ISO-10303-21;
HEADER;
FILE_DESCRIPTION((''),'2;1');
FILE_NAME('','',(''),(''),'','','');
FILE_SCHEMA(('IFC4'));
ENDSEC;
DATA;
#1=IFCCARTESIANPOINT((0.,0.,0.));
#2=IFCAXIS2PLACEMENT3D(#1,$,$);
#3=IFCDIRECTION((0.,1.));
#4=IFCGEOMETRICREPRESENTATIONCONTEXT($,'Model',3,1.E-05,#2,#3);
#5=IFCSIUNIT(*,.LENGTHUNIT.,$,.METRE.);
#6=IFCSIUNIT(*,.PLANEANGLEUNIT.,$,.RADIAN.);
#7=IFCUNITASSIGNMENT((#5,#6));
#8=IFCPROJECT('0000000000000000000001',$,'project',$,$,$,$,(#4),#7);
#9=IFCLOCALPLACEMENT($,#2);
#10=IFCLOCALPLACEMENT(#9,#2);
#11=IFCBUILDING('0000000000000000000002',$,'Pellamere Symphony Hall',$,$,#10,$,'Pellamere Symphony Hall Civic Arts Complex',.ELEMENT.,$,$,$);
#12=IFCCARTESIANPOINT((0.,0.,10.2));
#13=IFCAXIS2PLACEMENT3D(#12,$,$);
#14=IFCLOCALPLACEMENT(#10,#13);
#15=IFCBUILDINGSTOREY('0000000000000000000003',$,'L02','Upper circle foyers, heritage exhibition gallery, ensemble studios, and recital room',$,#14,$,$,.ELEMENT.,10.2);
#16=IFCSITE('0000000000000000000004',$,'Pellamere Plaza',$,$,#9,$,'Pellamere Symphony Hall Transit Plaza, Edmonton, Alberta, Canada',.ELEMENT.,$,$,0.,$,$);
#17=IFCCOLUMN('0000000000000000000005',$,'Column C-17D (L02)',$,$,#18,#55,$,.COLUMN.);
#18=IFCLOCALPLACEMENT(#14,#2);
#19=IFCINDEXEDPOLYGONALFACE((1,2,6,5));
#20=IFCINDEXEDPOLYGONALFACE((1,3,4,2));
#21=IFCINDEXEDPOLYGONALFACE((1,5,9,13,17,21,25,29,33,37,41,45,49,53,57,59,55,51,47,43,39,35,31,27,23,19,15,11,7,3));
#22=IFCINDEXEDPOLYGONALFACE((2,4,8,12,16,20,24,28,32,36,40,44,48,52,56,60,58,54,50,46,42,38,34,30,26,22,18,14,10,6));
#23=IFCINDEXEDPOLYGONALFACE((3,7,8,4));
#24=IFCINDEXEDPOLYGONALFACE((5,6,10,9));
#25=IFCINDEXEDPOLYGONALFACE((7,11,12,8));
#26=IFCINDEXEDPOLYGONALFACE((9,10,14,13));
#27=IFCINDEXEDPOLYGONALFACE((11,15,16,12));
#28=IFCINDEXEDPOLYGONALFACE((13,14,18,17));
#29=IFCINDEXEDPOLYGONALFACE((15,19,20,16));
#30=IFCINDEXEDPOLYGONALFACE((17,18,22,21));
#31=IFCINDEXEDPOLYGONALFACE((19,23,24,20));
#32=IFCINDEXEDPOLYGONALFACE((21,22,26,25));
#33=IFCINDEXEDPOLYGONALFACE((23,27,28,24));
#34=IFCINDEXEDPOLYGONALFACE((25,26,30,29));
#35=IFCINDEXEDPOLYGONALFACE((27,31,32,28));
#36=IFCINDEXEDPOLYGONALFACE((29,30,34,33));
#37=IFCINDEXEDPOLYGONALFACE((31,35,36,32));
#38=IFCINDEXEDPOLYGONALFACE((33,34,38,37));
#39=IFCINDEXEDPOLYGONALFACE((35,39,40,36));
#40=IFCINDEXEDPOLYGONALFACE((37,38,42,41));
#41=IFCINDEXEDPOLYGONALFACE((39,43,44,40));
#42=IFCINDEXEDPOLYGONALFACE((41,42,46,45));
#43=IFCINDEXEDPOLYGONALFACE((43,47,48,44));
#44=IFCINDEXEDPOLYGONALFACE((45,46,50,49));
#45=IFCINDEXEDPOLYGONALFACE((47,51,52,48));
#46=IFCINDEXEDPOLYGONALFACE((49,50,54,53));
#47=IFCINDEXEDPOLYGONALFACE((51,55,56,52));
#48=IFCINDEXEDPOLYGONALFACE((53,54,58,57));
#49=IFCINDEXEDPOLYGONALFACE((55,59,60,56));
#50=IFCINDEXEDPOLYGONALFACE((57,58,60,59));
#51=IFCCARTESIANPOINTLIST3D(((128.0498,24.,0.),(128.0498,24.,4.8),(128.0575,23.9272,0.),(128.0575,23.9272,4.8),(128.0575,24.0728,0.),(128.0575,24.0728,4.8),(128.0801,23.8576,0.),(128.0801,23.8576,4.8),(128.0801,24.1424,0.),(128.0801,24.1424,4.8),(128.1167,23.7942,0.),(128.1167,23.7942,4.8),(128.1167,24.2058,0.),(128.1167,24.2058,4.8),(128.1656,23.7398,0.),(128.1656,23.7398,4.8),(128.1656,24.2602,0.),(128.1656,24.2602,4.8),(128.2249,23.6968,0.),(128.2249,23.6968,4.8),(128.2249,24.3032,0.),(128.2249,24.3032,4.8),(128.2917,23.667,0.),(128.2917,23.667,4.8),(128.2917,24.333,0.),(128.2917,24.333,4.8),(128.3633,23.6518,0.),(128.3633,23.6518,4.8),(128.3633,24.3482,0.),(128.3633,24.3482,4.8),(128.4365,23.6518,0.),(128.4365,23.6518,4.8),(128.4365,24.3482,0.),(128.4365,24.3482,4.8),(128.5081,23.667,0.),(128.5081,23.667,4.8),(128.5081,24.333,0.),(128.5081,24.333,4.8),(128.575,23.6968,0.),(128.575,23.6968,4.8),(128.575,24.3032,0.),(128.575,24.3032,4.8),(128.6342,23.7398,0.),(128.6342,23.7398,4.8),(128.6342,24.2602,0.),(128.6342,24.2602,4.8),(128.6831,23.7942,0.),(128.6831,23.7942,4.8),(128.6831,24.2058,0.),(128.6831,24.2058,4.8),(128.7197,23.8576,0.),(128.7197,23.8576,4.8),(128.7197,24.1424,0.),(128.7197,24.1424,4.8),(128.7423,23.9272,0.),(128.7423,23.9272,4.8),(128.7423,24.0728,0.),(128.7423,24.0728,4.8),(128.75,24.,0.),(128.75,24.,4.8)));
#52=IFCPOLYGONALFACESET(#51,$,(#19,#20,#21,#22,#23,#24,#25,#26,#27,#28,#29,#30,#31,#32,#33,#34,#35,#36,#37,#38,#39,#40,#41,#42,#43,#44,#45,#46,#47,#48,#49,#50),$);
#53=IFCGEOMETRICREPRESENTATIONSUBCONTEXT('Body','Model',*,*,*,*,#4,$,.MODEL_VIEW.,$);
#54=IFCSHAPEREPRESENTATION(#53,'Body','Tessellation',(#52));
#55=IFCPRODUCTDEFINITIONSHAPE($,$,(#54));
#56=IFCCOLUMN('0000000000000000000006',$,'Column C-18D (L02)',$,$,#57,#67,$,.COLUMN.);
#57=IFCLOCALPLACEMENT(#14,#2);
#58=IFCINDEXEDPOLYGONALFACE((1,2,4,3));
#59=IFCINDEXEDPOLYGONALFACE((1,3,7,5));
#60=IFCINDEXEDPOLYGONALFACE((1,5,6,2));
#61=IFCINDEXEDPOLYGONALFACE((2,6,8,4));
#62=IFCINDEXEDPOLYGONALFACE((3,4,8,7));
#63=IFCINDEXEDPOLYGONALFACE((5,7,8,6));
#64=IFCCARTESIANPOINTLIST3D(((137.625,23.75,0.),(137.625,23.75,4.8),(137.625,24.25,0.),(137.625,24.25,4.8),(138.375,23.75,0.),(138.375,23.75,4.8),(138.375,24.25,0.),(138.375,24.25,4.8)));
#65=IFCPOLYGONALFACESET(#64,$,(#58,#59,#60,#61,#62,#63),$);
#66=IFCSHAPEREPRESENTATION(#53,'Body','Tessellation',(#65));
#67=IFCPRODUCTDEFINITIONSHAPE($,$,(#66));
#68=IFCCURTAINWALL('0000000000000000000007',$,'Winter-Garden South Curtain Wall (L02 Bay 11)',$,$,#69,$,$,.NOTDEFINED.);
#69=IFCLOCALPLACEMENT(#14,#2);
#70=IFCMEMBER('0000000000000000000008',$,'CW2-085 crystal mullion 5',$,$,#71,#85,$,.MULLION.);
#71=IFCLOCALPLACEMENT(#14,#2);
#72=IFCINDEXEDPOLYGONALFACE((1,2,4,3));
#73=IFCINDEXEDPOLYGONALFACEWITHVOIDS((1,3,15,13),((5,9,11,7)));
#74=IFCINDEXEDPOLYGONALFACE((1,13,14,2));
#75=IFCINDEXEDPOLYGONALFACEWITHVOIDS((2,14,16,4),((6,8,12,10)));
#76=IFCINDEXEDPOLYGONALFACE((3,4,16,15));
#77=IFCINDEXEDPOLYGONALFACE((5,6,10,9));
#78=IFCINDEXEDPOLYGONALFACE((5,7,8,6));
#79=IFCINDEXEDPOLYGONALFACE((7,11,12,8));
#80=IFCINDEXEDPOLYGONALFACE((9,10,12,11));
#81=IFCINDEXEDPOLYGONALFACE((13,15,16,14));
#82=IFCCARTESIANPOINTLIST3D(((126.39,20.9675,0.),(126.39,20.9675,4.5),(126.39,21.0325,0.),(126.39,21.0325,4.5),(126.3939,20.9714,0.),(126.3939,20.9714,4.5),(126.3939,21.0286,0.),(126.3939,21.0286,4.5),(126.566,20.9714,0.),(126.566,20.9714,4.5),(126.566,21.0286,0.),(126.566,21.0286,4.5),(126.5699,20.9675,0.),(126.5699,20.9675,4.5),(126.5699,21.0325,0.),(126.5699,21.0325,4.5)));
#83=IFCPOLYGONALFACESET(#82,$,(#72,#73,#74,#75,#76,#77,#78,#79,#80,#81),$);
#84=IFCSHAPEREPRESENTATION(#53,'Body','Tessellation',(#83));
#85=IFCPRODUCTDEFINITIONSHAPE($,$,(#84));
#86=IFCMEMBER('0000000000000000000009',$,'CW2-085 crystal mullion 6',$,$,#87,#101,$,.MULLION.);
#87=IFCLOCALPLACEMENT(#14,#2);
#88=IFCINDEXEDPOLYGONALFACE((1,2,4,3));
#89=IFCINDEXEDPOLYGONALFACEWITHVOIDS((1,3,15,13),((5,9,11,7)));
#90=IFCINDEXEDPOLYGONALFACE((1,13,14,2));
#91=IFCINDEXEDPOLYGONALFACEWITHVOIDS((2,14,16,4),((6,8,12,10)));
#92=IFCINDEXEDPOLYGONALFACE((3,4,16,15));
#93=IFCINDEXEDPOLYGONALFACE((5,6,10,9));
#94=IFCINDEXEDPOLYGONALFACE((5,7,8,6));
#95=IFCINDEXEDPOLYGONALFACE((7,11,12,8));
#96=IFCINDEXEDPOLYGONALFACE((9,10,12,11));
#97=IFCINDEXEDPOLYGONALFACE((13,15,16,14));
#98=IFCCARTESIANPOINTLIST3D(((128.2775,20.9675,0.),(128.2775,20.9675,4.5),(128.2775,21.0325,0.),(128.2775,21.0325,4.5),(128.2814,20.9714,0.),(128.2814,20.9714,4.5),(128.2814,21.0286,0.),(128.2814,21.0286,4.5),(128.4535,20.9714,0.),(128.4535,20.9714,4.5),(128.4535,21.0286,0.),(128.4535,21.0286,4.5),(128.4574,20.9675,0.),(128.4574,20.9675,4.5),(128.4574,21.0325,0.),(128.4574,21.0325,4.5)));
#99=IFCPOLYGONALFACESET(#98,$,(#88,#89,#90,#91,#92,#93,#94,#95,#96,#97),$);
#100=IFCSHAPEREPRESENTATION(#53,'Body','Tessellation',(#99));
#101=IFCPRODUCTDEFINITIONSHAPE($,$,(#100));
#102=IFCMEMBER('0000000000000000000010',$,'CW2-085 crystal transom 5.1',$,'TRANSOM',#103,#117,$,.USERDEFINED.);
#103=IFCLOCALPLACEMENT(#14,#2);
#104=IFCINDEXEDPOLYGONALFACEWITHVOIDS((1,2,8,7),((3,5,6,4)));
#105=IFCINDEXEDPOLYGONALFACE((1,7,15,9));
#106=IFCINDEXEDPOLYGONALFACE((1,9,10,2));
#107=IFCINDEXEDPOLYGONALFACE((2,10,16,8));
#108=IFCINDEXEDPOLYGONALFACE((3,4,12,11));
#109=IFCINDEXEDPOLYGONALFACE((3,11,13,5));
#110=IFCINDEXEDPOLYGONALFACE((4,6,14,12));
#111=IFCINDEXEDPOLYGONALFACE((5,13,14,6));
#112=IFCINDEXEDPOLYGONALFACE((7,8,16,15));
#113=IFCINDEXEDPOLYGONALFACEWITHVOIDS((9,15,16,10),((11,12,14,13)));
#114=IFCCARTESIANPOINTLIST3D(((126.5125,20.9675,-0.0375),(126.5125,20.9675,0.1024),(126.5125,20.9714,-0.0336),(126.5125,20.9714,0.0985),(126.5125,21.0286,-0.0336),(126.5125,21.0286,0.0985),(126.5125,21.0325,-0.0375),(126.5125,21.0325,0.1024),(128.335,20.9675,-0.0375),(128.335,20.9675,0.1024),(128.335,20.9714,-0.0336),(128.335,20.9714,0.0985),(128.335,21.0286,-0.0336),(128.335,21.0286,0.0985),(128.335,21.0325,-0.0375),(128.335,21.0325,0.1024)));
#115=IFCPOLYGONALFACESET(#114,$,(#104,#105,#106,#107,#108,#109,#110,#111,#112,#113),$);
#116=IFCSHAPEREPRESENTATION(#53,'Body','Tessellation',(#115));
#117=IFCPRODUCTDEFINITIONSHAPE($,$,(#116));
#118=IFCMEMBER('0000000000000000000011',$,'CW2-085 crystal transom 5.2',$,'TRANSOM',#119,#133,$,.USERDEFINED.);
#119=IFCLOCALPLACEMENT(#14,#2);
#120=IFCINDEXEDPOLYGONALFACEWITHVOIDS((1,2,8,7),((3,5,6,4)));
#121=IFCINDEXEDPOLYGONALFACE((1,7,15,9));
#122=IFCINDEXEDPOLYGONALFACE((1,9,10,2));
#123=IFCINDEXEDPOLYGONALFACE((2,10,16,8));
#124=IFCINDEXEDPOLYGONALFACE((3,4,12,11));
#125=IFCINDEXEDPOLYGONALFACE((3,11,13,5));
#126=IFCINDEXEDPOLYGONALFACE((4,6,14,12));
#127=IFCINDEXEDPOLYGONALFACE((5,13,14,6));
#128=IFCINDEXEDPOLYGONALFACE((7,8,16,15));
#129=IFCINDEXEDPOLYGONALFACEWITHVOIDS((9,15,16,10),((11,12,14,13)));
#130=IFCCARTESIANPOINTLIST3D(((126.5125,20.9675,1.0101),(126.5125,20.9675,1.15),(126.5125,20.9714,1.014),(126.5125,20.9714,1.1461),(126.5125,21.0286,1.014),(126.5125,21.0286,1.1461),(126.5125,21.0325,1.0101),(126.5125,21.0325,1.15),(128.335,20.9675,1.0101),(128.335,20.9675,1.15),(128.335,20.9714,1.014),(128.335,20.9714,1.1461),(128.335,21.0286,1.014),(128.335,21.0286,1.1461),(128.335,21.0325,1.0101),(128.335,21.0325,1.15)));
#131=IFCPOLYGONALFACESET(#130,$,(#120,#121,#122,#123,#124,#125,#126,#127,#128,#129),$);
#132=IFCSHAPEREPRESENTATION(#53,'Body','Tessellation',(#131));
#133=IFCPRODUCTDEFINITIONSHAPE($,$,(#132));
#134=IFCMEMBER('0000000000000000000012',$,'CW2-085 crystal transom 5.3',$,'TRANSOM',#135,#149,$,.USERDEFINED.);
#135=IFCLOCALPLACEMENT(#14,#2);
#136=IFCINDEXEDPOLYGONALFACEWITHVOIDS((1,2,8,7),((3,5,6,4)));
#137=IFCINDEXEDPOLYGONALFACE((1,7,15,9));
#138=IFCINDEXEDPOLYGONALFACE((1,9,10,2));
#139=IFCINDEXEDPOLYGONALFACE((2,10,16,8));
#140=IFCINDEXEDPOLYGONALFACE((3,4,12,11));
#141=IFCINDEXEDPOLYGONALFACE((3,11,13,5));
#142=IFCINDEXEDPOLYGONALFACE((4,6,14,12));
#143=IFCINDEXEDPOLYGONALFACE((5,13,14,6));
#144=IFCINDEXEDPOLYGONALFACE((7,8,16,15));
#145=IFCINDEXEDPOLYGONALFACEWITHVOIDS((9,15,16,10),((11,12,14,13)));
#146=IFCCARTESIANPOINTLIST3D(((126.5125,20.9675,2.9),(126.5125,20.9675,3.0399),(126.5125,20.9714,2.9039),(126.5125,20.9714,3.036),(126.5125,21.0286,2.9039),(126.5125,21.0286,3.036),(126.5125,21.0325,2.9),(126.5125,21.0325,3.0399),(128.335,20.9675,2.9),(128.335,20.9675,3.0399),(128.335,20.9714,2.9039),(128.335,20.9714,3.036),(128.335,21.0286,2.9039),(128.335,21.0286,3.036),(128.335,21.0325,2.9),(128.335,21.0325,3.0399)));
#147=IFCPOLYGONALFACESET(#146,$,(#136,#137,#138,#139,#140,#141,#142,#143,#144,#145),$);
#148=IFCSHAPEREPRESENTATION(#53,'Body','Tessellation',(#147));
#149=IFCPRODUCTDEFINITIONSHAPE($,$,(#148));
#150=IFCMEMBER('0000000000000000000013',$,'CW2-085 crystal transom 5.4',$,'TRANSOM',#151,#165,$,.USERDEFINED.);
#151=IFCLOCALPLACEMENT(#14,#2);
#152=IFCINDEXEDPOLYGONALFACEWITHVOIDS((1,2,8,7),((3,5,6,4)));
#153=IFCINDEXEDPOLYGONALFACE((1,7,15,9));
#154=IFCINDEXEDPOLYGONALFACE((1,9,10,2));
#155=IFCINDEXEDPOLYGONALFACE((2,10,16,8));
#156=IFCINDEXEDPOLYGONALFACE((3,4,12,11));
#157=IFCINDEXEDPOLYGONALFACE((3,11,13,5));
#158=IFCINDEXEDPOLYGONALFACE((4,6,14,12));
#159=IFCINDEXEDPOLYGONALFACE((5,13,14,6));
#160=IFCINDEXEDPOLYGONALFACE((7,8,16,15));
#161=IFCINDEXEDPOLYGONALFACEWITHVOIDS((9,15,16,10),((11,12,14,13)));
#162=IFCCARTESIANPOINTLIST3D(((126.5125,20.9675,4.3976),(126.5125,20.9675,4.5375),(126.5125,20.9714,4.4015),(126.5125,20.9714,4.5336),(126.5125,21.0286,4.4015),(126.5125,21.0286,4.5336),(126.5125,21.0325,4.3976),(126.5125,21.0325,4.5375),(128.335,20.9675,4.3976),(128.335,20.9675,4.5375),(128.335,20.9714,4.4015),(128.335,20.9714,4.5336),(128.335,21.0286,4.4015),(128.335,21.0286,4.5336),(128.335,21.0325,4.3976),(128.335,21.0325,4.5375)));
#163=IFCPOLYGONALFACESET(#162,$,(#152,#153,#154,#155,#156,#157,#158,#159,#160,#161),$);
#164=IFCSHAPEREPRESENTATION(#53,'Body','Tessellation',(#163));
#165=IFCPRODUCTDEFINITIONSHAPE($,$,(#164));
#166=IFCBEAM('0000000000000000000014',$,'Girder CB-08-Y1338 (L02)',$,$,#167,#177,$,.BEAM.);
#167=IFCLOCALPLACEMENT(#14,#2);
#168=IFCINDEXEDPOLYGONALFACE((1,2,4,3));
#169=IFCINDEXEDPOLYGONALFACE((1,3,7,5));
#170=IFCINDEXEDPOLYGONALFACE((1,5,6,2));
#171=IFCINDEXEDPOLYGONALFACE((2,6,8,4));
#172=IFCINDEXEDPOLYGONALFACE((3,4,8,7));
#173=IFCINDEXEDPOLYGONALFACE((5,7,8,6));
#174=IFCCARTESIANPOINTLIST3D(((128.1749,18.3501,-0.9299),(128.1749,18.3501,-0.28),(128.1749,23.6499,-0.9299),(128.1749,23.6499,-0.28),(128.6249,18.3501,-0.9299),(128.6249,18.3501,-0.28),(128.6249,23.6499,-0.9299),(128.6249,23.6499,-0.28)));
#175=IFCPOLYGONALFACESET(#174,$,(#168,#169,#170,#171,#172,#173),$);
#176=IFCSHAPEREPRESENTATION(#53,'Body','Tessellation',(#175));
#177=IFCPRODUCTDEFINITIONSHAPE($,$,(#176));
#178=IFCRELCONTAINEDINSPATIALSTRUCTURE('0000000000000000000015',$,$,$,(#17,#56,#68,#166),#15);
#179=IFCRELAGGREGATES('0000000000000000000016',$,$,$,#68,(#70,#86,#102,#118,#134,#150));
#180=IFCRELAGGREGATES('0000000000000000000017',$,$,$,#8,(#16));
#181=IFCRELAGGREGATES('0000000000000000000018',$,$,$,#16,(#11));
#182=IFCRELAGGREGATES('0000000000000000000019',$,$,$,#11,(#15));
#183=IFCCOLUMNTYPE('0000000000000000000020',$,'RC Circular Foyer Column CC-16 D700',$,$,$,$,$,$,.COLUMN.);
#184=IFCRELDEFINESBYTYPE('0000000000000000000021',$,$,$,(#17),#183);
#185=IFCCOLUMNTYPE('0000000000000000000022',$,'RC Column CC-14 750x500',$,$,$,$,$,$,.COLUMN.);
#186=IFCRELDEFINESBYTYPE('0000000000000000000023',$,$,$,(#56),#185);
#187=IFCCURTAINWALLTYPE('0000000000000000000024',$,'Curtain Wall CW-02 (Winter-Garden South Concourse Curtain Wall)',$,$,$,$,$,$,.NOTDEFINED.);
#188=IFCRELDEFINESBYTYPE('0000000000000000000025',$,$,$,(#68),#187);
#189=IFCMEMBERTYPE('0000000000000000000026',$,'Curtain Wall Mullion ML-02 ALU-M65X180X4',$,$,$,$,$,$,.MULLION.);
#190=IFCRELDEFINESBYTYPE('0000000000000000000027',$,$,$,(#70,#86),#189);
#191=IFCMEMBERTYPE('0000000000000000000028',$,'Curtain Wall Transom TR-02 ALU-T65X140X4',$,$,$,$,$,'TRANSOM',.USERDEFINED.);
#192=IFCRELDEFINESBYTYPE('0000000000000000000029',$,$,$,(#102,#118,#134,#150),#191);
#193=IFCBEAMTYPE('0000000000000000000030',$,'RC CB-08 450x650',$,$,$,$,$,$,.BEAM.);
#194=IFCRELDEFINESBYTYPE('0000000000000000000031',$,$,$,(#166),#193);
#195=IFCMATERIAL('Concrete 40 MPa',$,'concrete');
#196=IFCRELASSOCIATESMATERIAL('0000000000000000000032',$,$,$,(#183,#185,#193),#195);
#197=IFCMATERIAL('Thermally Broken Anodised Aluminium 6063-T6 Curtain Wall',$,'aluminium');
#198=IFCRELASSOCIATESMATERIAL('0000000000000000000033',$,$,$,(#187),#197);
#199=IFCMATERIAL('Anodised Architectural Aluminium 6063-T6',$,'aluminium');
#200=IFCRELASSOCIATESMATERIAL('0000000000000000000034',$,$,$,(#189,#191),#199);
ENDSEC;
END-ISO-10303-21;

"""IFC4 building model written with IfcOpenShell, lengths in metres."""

from ifc_helpers import new_model, si_unit, direction, frame, origin, origin_2d, place, context, subcontext, project, spatial, rectangle, hollow_rectangle, circle, extrude, material, material_profile, profile_set, type_object, element, aggregate, save


model = new_model("IFC4")

# Units and contexts
model_context = context("Model", 3, precision=1e-05, world=origin(), true_north=direction((0.0, 1.0)))
body_context = subcontext(model_context, "Body", "Model", "MODEL_VIEW")
ifc_project = project(units=[si_unit("LENGTHUNIT", "METRE"), si_unit("PLANEANGLEUNIT", "RADIAN")], contexts=[model_context])

# Site, building, storey
site_placement = place(None, origin())
site = spatial("IfcSite", under=ifc_project, at=site_placement, Name="Pellamere Plaza", LongName="Pellamere Symphony Hall Transit Plaza, Edmonton, Alberta, Canada", CompositionType="ELEMENT", RefElevation=0.0)
building_placement = place(site_placement, origin())
building = spatial("IfcBuilding", under=site, at=building_placement, Name="Pellamere Symphony Hall", LongName="Pellamere Symphony Hall Civic Arts Complex", CompositionType="ELEMENT")
storey_placement = place(building_placement, frame((0.0, 0.0, 10.2)))
storey = spatial("IfcBuildingStorey", under=building, at=storey_placement, Name="L02", Description="Upper circle foyers, heritage exhibition gallery, ensemble studios, and recital room", CompositionType="ELEMENT", Elevation=10.2)

# Columns
ifc_material_1 = material(Name="Concrete 40 MPa", Category="concrete")
ifc_material_profile_1 = material_profile(ifc_material_1, circle(Radius=0.3501, at=origin_2d()), Name="RCCOL D700")
ifc_profile_set_1 = profile_set([ifc_material_profile_1], Name="Concrete 40 MPa")
column_type_1 = type_object("IfcColumnType", Name="RC Circular Foyer Column CC-16 D700", PredefinedType="COLUMN", material=ifc_profile_set_1)
column_1_placement = place(storey_placement, frame((128.3999, 24.0, 0.0), z_axis=(0.0, 0.0, 1.0), x_axis=(1.0, 0.0, 0.0)))
element("IfcColumn", 1, at=column_1_placement, inside=storey, type_object=column_type_1, Name="Column C-17D (L02)", PredefinedType="COLUMN", context=body_context, shape_type="SweptSolid", body=[
    extrude(circle(Radius=0.3501, at=origin_2d()), origin(), (0.0, 0.0, 1.0), 4.8),
])
ifc_material_profile_2 = material_profile(ifc_material_1, rectangle(XDim=0.75, YDim=0.5, at=origin_2d()), Name="RC 750x500")
ifc_profile_set_2 = profile_set([ifc_material_profile_2], Name="Concrete 40 MPa")
column_type_2 = type_object("IfcColumnType", Name="RC Column CC-14 750x500", PredefinedType="COLUMN", material=ifc_profile_set_2)
column_2_placement = place(storey_placement, frame((138.0, 24.0, 0.0), z_axis=(0.0, 0.0, 1.0), x_axis=(1.0, 0.0, 0.0)))
element("IfcColumn", 2, at=column_2_placement, inside=storey, type_object=column_type_2, Name="Column C-18D (L02)", PredefinedType="COLUMN", context=body_context, shape_type="SweptSolid", body=[
    extrude(rectangle(XDim=0.75, YDim=0.5, at=origin_2d()), origin(), (0.0, 0.0, 1.0), 4.8),
])

# Curtain wall, members
ifc_material_2 = material(Name="Thermally Broken Anodised Aluminium 6063-T6 Curtain Wall", Category="aluminium")
curtain_wall_type = type_object("IfcCurtainWallType", Name="Curtain Wall CW-02 (Winter-Garden South Concourse Curtain Wall)", PredefinedType="NOTDEFINED", material=ifc_material_2)
curtain_wall_placement = place(storey_placement, origin())
curtain_wall = element("IfcCurtainWall", 3, at=curtain_wall_placement, inside=storey, type_object=curtain_wall_type, Name="Winter-Garden South Curtain Wall (L02 Bay 11)", PredefinedType="NOTDEFINED")
ifc_material_3 = material(Name="Anodised Architectural Aluminium 6063-T6", Category="aluminium")
ifc_material_profile_3 = material_profile(ifc_material_3, hollow_rectangle(XDim=0.0649, YDim=0.1799, WallThickness=0.0039, at=origin_2d()), Name="ALU-M65X180X4")
ifc_profile_set_3 = profile_set([ifc_material_profile_3], Name="Anodised Architectural Aluminium 6063-T6")
member_type_1 = type_object("IfcMemberType", Name="Curtain Wall Mullion ML-02 ALU-M65X180X4", PredefinedType="MULLION", material=ifc_profile_set_3)
member_1_placement = place(storey_placement, frame((126.48, 21.0, 0.0), z_axis=(0.0, 0.0, 1.0), x_axis=(0.0, 1.0, 0.0)))
member_1 = element("IfcMember", 4, at=member_1_placement, type_object=member_type_1, Name="CW2-085 crystal mullion 5", PredefinedType="MULLION", context=body_context, shape_type="SweptSolid", body=[
    extrude(hollow_rectangle(XDim=0.0649, YDim=0.1799, WallThickness=0.0039, at=origin_2d()), origin(), (0.0, 0.0, 1.0), 4.5),
])
member_2_placement = place(storey_placement, frame((128.3674, 21.0, 0.0), z_axis=(0.0, 0.0, 1.0), x_axis=(0.0, 1.0, 0.0)))
member_2 = element("IfcMember", 5, at=member_2_placement, type_object=member_type_1, Name="CW2-085 crystal mullion 6", PredefinedType="MULLION", context=body_context, shape_type="SweptSolid", body=[
    extrude(hollow_rectangle(XDim=0.0649, YDim=0.1799, WallThickness=0.0039, at=origin_2d()), origin(), (0.0, 0.0, 1.0), 4.5),
])
ifc_material_profile_4 = material_profile(ifc_material_3, hollow_rectangle(XDim=0.0649, YDim=0.1399, WallThickness=0.0039, at=origin_2d()), Name="ALU-T65X140X4")
ifc_profile_set_4 = profile_set([ifc_material_profile_4], Name="Anodised Architectural Aluminium 6063-T6")
member_type_2 = type_object("IfcMemberType", Name="Curtain Wall Transom TR-02 ALU-T65X140X4", ElementType="TRANSOM", PredefinedType="USERDEFINED", material=ifc_profile_set_4)
member_3_placement = place(storey_placement, frame((126.5125, 21.0, 0.0325), z_axis=(1.0, 0.0, 0.0), x_axis=(0.0, 1.0, 0.0)))
member_3 = element("IfcMember", 6, at=member_3_placement, type_object=member_type_2, Name="CW2-085 crystal transom 5.1", ObjectType="TRANSOM", PredefinedType="USERDEFINED", context=body_context, shape_type="SweptSolid", body=[
    extrude(hollow_rectangle(XDim=0.0649, YDim=0.1399, WallThickness=0.0039, at=origin_2d()), origin(), (0.0, 0.0, 1.0), 1.8225),
])
member_4_placement = place(storey_placement, frame((126.5125, 21.0, 1.0801), z_axis=(1.0, 0.0, 0.0), x_axis=(0.0, 1.0, 0.0)))
member_4 = element("IfcMember", 7, at=member_4_placement, type_object=member_type_2, Name="CW2-085 crystal transom 5.2", ObjectType="TRANSOM", PredefinedType="USERDEFINED", context=body_context, shape_type="SweptSolid", body=[
    extrude(hollow_rectangle(XDim=0.0649, YDim=0.1399, WallThickness=0.0039, at=origin_2d()), origin(), (0.0, 0.0, 1.0), 1.8225),
])
member_5_placement = place(storey_placement, frame((126.5125, 21.0, 2.97), z_axis=(1.0, 0.0, 0.0), x_axis=(0.0, 1.0, 0.0)))
member_5 = element("IfcMember", 8, at=member_5_placement, type_object=member_type_2, Name="CW2-085 crystal transom 5.3", ObjectType="TRANSOM", PredefinedType="USERDEFINED", context=body_context, shape_type="SweptSolid", body=[
    extrude(hollow_rectangle(XDim=0.0649, YDim=0.1399, WallThickness=0.0039, at=origin_2d()), origin(), (0.0, 0.0, 1.0), 1.8225),
])
member_6_placement = place(storey_placement, frame((126.5125, 21.0, 4.4675), z_axis=(1.0, 0.0, 0.0), x_axis=(0.0, 1.0, 0.0)))
member_6 = element("IfcMember", 9, at=member_6_placement, type_object=member_type_2, Name="CW2-085 crystal transom 5.4", ObjectType="TRANSOM", PredefinedType="USERDEFINED", context=body_context, shape_type="SweptSolid", body=[
    extrude(hollow_rectangle(XDim=0.0649, YDim=0.1399, WallThickness=0.0039, at=origin_2d()), origin(), (0.0, 0.0, 1.0), 1.8225),
])

# Beam
ifc_material_profile_5 = material_profile(ifc_material_1, rectangle(XDim=0.45, YDim=0.6499, at=origin_2d()), Name="RC 450x650")
ifc_profile_set_5 = profile_set([ifc_material_profile_5], Name="Concrete 40 MPa")
beam_type_1 = type_object("IfcBeamType", Name="RC CB-08 450x650", PredefinedType="BEAM", material=ifc_profile_set_5)
beam_1_placement = place(storey_placement, frame((128.3999, 18.3501, -0.605), z_axis=(0.0, 1.0, 0.0), x_axis=(-1.0, 0.0, 0.0)))
element("IfcBeam", 10, at=beam_1_placement, inside=storey, type_object=beam_type_1, Name="Girder CB-08-Y1338 (L02)", PredefinedType="BEAM", context=body_context, shape_type="SweptSolid", body=[
    extrude(rectangle(XDim=0.45, YDim=0.6499, at=origin_2d()), origin(), (0.0, 0.0, 1.0), 5.2998),
])

aggregate(curtain_wall, [member_1, member_2, member_3, member_4, member_5, member_6])

save(model, "model.ifc")
